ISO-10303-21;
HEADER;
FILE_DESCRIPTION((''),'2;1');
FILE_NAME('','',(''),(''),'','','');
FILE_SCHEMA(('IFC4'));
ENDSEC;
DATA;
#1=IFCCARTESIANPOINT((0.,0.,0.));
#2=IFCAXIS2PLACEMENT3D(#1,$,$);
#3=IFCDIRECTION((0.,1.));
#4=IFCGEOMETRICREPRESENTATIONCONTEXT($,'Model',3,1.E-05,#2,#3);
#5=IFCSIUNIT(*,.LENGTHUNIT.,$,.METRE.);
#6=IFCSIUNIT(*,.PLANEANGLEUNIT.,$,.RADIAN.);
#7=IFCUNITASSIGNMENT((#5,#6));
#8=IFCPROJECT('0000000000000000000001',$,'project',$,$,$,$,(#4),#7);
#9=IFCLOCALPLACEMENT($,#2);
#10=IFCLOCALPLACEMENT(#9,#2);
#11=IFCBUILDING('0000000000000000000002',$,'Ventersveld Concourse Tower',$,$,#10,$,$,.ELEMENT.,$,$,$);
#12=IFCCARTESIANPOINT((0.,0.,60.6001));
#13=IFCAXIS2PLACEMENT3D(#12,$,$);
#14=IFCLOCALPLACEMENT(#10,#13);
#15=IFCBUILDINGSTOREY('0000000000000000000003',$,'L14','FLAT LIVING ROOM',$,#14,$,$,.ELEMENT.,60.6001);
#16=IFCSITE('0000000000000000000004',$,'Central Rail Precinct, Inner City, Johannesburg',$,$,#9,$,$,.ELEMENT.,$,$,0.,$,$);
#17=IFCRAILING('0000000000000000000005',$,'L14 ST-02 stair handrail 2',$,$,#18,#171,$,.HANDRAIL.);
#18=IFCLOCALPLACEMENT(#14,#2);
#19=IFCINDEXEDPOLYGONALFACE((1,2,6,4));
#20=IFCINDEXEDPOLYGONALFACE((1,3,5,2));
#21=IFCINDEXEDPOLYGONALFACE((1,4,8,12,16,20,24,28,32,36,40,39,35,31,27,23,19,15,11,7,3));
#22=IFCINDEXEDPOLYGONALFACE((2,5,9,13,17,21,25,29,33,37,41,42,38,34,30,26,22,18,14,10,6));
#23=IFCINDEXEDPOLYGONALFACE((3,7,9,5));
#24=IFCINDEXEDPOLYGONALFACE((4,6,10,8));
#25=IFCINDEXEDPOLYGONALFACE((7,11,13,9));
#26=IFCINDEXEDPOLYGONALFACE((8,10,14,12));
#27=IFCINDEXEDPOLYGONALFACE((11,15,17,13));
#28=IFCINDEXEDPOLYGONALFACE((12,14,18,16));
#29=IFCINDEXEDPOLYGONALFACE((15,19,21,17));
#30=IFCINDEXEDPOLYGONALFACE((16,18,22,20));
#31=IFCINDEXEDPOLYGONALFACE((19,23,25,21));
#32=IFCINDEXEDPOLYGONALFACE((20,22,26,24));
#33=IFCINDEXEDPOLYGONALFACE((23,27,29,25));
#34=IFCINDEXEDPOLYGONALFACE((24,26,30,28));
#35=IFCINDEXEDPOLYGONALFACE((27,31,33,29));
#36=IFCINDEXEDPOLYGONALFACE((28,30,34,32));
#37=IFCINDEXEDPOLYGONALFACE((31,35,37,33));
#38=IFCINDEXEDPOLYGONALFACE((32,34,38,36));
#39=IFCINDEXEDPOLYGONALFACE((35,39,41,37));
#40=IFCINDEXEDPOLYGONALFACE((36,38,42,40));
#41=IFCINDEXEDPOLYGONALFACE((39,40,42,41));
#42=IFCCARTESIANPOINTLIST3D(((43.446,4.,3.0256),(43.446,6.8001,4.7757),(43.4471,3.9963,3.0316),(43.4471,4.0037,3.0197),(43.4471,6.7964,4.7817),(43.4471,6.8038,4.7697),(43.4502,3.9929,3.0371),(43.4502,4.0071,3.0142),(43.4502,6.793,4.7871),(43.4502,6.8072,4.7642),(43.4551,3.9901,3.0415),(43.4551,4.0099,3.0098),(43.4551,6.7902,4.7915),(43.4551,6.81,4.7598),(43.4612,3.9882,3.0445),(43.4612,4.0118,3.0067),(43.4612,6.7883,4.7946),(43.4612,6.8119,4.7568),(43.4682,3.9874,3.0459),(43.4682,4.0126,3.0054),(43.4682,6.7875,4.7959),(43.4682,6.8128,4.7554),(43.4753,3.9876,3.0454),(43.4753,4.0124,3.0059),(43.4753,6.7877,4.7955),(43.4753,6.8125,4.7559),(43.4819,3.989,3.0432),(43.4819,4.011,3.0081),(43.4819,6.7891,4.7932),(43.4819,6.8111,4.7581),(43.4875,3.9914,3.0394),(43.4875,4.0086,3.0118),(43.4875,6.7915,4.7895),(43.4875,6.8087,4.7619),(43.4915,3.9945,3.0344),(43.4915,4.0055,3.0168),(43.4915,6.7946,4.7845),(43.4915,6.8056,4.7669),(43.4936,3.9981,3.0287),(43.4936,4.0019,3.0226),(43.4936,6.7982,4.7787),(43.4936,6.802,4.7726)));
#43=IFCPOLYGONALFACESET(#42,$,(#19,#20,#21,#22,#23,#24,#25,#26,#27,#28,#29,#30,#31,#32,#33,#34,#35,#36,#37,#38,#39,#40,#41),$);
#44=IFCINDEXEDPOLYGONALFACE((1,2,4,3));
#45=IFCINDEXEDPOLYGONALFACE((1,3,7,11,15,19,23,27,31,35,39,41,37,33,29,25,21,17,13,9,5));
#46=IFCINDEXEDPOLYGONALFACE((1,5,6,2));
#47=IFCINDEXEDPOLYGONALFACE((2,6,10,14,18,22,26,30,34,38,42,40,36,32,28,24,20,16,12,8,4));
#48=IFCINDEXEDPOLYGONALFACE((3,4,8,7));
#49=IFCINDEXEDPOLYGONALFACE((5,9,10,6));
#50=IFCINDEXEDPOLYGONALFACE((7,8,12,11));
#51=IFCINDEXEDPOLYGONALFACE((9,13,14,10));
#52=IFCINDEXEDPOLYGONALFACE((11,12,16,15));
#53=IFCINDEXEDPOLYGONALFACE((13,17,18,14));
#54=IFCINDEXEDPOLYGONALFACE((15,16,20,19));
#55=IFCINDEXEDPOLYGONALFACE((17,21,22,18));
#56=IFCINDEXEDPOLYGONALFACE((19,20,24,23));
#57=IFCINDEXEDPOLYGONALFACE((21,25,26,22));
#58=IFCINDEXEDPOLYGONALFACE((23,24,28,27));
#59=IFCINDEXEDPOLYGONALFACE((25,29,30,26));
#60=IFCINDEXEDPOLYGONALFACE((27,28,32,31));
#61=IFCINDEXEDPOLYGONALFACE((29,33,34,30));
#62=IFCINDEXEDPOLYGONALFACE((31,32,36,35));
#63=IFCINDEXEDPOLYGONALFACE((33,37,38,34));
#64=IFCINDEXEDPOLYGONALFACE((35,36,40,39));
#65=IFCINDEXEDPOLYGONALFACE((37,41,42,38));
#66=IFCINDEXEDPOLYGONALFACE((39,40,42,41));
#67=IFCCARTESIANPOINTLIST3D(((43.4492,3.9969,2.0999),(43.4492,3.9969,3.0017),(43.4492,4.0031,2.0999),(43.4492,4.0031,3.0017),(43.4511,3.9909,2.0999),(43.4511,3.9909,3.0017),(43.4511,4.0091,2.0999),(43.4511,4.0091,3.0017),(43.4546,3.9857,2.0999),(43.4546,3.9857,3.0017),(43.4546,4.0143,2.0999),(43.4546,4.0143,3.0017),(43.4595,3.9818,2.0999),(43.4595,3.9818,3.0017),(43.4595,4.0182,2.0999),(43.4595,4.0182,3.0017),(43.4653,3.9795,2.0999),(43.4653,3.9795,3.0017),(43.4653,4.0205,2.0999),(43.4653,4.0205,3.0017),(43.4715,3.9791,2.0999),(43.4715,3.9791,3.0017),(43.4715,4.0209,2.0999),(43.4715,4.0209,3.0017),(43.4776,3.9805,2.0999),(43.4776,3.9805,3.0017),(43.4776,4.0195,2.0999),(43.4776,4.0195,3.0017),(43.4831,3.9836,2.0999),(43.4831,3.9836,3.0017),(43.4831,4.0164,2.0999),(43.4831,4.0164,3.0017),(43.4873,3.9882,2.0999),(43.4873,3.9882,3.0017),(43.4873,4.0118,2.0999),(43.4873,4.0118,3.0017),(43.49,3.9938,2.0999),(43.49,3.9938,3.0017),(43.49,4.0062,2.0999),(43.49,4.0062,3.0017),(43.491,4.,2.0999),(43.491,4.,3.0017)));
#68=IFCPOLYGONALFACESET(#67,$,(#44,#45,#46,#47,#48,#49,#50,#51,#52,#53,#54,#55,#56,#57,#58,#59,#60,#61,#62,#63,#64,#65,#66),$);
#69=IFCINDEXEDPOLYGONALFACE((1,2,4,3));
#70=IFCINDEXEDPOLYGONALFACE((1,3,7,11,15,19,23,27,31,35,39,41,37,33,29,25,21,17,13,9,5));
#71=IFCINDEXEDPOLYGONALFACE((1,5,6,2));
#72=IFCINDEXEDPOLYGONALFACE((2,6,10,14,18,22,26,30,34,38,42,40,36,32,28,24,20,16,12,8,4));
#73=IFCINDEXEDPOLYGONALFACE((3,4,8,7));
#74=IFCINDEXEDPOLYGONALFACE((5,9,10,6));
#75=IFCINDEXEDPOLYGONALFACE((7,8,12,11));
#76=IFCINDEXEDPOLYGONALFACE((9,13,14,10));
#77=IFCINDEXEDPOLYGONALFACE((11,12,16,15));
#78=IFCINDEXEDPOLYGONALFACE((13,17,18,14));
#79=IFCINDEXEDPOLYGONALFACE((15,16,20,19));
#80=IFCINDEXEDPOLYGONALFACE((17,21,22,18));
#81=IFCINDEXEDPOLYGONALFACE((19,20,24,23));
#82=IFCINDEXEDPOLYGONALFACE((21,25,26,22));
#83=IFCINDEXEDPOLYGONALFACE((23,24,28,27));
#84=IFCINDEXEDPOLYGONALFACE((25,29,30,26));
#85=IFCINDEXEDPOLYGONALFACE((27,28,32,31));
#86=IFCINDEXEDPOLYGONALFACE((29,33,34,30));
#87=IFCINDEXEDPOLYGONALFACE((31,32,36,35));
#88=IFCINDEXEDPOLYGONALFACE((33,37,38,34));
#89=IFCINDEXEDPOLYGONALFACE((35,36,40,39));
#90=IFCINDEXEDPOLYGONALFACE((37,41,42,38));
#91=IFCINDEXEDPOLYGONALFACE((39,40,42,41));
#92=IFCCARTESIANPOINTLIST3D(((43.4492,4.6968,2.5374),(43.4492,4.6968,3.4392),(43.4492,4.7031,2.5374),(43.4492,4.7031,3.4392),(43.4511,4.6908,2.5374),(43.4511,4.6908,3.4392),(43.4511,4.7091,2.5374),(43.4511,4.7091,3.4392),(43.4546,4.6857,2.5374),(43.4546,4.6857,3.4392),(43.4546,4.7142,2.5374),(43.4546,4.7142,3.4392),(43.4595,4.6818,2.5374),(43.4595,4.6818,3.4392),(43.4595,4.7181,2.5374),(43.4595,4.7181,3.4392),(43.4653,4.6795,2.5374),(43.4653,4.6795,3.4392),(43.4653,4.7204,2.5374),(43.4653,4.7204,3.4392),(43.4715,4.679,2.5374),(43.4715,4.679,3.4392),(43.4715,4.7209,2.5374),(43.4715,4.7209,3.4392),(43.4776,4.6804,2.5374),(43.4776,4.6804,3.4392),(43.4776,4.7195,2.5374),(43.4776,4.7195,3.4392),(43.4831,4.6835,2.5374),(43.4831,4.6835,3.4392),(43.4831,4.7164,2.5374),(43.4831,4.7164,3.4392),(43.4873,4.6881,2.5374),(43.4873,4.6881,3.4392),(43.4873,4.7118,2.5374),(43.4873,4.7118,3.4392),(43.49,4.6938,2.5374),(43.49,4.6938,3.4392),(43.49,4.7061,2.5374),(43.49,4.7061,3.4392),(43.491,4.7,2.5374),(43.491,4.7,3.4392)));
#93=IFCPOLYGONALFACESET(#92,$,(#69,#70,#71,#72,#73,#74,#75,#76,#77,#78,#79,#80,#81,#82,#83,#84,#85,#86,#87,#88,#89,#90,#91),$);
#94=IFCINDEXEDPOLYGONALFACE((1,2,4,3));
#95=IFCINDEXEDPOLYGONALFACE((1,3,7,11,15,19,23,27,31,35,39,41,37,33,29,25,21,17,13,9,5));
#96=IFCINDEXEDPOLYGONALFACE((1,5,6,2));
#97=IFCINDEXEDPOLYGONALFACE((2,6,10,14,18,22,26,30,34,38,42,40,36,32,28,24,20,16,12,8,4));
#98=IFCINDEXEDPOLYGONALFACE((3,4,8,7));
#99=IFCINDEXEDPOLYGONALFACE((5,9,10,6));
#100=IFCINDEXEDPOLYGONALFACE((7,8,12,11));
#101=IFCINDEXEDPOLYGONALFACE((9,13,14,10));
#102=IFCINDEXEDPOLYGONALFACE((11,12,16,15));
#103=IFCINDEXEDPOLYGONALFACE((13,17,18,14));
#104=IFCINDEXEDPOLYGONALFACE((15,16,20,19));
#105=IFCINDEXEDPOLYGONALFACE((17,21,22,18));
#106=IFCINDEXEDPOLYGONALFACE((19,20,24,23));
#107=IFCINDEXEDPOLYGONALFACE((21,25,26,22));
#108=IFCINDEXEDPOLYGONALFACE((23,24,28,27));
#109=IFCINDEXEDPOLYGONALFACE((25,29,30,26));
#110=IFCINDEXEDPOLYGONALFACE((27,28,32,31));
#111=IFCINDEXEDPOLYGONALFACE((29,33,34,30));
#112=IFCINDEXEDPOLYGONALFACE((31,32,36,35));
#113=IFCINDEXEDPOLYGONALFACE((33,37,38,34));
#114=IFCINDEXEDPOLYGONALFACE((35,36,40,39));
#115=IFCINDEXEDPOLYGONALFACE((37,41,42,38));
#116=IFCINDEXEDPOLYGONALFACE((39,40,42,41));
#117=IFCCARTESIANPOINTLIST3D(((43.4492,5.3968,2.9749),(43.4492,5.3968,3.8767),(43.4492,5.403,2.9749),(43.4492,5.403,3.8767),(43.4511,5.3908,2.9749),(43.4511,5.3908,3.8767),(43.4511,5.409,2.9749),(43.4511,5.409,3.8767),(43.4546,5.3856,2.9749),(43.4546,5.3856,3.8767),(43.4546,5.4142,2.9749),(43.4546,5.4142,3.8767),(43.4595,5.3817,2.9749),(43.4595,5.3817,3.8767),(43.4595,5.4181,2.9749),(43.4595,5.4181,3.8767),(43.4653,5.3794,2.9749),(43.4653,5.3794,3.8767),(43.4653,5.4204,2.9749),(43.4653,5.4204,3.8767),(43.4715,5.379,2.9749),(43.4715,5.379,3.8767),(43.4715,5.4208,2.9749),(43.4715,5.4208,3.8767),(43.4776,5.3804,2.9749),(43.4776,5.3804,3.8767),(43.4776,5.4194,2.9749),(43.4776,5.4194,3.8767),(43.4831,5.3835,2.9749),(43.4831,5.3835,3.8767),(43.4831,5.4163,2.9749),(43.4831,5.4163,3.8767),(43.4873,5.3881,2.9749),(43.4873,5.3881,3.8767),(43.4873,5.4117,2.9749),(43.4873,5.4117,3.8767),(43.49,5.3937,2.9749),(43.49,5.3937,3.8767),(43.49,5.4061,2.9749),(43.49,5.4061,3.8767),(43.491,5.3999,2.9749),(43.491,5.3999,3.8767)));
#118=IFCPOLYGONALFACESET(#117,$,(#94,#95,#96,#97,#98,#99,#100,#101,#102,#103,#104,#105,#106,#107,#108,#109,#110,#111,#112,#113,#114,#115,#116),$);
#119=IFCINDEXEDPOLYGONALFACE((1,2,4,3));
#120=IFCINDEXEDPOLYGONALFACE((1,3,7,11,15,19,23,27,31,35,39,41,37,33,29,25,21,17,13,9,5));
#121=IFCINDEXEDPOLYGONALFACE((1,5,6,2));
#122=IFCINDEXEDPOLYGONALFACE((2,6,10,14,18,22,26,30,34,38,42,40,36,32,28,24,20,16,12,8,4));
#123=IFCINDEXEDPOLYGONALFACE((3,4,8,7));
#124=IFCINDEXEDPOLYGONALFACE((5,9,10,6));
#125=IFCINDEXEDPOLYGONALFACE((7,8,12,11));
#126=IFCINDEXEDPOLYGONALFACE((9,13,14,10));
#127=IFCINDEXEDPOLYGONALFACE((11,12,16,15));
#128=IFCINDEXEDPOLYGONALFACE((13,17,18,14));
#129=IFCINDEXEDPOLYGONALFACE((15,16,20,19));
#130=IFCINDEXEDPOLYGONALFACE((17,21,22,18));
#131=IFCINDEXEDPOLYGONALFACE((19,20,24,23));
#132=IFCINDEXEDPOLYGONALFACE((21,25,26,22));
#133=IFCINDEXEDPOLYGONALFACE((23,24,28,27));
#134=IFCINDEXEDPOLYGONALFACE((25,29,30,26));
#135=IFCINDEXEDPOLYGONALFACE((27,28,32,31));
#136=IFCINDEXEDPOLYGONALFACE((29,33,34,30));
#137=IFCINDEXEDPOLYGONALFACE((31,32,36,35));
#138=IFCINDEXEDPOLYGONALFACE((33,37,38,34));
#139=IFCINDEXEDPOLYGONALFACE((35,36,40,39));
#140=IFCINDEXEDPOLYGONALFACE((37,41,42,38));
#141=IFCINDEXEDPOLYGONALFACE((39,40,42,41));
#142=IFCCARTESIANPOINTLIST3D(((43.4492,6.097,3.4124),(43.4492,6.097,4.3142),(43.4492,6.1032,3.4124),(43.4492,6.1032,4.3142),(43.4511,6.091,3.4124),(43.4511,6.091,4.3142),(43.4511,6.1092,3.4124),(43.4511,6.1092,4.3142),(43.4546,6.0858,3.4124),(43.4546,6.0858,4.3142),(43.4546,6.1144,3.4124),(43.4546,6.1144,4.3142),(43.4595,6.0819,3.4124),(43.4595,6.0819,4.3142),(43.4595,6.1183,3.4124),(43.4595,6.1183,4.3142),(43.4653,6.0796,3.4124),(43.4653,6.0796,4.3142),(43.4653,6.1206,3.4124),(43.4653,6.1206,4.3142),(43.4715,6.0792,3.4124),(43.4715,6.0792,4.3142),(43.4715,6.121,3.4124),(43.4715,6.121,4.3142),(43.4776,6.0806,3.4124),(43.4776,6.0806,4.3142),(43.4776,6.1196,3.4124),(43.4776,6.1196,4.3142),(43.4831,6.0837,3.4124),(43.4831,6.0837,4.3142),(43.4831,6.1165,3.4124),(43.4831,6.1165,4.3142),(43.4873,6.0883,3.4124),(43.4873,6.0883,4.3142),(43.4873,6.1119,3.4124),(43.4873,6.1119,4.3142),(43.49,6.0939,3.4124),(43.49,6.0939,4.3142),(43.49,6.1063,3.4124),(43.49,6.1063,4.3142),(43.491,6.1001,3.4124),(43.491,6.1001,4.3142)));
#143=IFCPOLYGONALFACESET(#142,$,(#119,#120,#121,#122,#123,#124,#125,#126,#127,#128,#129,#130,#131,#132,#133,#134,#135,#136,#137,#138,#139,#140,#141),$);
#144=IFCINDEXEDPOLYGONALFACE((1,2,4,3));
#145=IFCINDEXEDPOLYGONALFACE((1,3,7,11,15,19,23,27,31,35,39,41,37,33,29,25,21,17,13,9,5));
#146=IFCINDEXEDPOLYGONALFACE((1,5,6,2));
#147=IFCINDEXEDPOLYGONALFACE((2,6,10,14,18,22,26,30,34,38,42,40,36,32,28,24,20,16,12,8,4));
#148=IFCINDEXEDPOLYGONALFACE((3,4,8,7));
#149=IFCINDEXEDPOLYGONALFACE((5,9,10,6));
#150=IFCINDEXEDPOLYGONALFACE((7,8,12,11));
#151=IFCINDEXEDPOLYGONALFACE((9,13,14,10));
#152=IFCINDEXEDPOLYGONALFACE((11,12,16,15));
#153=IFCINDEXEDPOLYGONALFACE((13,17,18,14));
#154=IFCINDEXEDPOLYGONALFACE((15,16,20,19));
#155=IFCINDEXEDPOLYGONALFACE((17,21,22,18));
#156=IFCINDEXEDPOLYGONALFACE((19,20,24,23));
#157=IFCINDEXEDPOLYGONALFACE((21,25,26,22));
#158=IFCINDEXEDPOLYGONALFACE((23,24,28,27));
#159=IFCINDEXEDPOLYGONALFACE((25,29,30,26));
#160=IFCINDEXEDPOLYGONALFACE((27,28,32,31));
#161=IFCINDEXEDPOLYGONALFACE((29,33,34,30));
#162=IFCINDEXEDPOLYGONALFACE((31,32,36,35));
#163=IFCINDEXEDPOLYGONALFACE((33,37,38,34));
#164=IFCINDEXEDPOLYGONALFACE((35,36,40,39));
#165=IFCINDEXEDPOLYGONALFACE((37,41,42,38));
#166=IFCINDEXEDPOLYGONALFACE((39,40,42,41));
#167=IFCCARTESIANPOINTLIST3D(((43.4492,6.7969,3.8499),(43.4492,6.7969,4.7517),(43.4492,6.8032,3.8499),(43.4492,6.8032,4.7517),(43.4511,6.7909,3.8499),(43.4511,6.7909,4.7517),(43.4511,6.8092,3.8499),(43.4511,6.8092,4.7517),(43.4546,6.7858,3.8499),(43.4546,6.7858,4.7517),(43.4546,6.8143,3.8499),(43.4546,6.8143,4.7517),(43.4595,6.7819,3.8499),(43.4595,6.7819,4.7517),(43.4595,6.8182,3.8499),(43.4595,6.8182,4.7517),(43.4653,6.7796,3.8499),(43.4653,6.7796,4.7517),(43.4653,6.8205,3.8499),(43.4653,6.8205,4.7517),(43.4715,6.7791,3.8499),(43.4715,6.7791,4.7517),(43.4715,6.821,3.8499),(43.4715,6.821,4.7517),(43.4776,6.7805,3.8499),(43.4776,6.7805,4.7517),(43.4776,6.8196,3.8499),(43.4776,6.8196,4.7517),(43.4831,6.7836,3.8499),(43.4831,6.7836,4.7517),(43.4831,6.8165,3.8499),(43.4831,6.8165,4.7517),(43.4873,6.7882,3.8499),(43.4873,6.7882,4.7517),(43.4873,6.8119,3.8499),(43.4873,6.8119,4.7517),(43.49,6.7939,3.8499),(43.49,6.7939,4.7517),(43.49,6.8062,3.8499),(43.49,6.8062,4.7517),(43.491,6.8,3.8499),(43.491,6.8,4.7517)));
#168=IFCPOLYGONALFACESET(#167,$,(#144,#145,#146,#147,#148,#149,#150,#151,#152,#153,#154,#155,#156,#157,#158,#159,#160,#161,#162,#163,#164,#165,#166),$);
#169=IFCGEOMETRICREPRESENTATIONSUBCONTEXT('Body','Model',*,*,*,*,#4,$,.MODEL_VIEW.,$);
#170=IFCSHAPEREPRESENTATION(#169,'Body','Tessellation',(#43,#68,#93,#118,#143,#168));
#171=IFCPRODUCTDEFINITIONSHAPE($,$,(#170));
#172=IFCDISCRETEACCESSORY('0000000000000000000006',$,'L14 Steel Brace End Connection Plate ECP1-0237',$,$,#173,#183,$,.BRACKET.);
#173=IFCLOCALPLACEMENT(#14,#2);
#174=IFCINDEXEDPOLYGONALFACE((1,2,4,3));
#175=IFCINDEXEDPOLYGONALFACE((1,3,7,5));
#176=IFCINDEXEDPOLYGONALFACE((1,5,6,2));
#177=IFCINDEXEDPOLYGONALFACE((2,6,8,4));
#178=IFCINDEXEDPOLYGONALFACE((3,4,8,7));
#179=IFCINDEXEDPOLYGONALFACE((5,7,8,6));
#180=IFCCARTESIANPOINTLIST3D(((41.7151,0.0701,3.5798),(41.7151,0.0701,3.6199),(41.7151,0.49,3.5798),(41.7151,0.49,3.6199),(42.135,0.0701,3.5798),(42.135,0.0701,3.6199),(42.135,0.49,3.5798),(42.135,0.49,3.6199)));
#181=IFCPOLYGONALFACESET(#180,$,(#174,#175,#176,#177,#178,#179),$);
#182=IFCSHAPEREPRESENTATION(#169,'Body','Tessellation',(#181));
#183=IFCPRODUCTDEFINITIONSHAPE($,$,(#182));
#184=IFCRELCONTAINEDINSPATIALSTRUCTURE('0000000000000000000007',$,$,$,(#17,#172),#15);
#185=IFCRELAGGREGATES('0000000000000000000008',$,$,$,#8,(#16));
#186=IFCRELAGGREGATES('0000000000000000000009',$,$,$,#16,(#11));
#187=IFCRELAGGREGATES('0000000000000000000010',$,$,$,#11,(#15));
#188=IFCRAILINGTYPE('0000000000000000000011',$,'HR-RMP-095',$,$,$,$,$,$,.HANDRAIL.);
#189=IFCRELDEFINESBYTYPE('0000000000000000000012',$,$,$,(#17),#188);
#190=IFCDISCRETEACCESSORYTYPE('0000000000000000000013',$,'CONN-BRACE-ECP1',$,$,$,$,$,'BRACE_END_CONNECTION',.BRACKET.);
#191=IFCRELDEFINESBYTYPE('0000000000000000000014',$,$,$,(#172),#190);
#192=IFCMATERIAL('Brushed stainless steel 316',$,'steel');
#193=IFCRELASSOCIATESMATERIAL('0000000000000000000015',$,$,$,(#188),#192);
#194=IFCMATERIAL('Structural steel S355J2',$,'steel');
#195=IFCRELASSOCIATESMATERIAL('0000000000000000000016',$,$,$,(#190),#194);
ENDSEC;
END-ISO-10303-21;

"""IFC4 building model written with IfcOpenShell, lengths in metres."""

from ifc_helpers import new_model, si_unit, direction, frame, origin, origin_2d, place, context, subcontext, project, spatial, rectangle, circle, extrude, material, type_object, element, save


model = new_model("IFC4")

# Units and contexts
model_context = context("Model", 3, precision=1e-05, world=origin(), true_north=direction((0.0, 1.0)))
body_context = subcontext(model_context, "Body", "Model", "MODEL_VIEW")
ifc_project = project(units=[si_unit("LENGTHUNIT", "METRE"), si_unit("PLANEANGLEUNIT", "RADIAN")], contexts=[model_context])

# Site, building, storey
site_placement = place(None, origin())
site = spatial("IfcSite", under=ifc_project, at=site_placement, Name="Central Rail Precinct, Inner City, Johannesburg", CompositionType="ELEMENT", RefElevation=0.0)
building_placement = place(site_placement, origin())
building = spatial("IfcBuilding", under=site, at=building_placement, Name="Ventersveld Concourse Tower", CompositionType="ELEMENT")
storey_placement = place(building_placement, frame((0.0, 0.0, 60.6001)))
storey = spatial("IfcBuildingStorey", under=building, at=storey_placement, Name="L14", Description="FLAT LIVING ROOM", CompositionType="ELEMENT", Elevation=60.6001)

# Shared definitions
ifc_material_1 = material(Name="Structural steel S355J2", Category="steel")

# Railing
ifc_material_2 = material(Name="Brushed stainless steel 316", Category="steel")
railing_type_1 = type_object("IfcRailingType", Name="HR-RMP-095", PredefinedType="HANDRAIL", material=ifc_material_2)
railing_1_placement = place(storey_placement, frame((43.47, 4.0, 2.0999)))
element("IfcRailing", 1, at=railing_1_placement, inside=storey, type_object=railing_type_1, Name="L14 ST-02 stair handrail 2", PredefinedType="HANDRAIL", context=body_context, shape_type="SweptSolid", body=[
    extrude(circle(Radius=0.0239, at=origin_2d()), frame((0.0, 0.0, 0.9258), z_axis=(0.0, 0.848002, 0.529992), x_axis=(-1.0, 0.0, 0.0)), (0.0, 0.0, 1.0), 3.302),
    extrude(circle(Radius=0.021, at=origin_2d()), origin(), (0.0, 0.0, 1.0), 0.9019),
    extrude(circle(Radius=0.021, at=origin_2d()), frame((0.0, 0.7, 0.4375)), (0.0, 0.0, 1.0), 0.9019),
    extrude(circle(Radius=0.021, at=origin_2d()), frame((0.0, 1.3999, 0.875)), (0.0, 0.0, 1.0), 0.9019),
    extrude(circle(Radius=0.021, at=origin_2d()), frame((0.0, 2.1001, 1.3125)), (0.0, 0.0, 1.0), 0.9019),
    extrude(circle(Radius=0.021, at=origin_2d()), frame((0.0, 2.8, 1.75)), (0.0, 0.0, 1.0), 0.9019),
])

# Discrete accessory
discrete_accessory_type = type_object("IfcDiscreteAccessoryType", Name="CONN-BRACE-ECP1", ElementType="BRACE_END_CONNECTION", PredefinedType="BRACKET", material=ifc_material_1)
discrete_accessory_placement = place(storey_placement, frame((41.925, 0.28, 3.5798), z_axis=(0.0, 0.0, 1.0), x_axis=(1.0, 0.0, 0.0)))
element("IfcDiscreteAccessory", 2, at=discrete_accessory_placement, inside=storey, type_object=discrete_accessory_type, Name="L14 Steel Brace End Connection Plate ECP1-0237", PredefinedType="BRACKET", context=body_context, shape_type="SweptSolid", body=[
    extrude(rectangle(XDim=0.4199, YDim=0.4199, at=origin_2d()), origin(), (0.0, 0.0, 1.0), 0.04),
])

save(model, "model.ifc")
